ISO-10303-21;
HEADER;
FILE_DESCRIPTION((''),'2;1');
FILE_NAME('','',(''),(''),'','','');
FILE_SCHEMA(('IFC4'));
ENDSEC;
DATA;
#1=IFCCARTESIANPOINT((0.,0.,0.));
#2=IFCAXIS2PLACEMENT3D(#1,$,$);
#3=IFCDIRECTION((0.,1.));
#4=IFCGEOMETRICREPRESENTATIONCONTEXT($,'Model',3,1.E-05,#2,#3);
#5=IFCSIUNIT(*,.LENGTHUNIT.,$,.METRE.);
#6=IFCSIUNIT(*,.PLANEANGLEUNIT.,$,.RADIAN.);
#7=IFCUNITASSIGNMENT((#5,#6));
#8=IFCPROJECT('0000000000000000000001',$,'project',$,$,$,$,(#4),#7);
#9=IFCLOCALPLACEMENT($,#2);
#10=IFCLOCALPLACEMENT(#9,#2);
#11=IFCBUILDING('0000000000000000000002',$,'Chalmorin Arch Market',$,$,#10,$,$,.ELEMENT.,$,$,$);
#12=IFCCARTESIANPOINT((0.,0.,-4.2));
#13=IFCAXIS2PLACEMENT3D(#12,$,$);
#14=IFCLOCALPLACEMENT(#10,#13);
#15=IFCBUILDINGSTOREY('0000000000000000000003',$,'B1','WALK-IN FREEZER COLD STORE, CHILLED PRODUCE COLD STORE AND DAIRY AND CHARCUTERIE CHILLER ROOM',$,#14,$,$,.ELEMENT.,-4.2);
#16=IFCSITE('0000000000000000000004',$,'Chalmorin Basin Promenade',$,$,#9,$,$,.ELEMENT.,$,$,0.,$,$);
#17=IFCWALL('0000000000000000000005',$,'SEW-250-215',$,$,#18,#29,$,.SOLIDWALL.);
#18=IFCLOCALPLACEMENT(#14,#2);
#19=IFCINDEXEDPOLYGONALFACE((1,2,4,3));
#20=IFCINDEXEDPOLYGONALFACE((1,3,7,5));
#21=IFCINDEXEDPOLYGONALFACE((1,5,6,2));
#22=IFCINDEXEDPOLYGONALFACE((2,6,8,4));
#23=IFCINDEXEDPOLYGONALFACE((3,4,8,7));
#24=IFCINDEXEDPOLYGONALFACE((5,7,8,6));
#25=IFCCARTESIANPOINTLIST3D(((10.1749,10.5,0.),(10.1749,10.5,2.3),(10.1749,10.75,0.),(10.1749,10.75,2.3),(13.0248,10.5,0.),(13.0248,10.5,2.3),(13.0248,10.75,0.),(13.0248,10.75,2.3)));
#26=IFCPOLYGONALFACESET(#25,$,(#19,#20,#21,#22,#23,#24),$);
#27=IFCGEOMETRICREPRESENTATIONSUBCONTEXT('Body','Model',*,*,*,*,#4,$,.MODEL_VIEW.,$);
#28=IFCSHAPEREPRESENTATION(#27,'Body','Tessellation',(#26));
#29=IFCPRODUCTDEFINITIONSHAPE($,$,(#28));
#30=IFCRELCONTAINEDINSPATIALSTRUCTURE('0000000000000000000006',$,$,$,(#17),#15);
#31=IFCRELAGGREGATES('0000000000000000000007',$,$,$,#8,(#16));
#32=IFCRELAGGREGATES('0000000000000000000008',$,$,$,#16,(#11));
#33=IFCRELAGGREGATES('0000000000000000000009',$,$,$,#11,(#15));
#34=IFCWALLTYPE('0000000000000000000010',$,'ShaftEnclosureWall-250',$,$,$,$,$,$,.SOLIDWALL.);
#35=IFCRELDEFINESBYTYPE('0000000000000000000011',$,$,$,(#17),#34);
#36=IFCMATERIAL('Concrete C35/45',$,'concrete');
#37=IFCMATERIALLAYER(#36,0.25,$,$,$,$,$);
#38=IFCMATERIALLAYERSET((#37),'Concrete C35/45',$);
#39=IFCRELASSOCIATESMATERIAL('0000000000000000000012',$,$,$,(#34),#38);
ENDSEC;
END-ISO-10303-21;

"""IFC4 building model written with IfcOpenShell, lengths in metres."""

from ifc_helpers import new_model, si_unit, direction, frame, frame_2d, origin, place, context, subcontext, project, spatial, rectangle, extrude, material, layer, layer_set, type_object, element, save


model = new_model("IFC4")

# Units and contexts
model_context = context("Model", 3, precision=1e-05, world=origin(), true_north=direction((0.0, 1.0)))
body_context = subcontext(model_context, "Body", "Model", "MODEL_VIEW")
ifc_project = project(units=[si_unit("LENGTHUNIT", "METRE"), si_unit("PLANEANGLEUNIT", "RADIAN")], contexts=[model_context])

# Site, building, storey
site_placement = place(None, origin())
site = spatial("IfcSite", under=ifc_project, at=site_placement, Name="Chalmorin Basin Promenade", CompositionType="ELEMENT", RefElevation=0.0)
building_placement = place(site_placement, origin())
building = spatial("IfcBuilding", under=site, at=building_placement, Name="Chalmorin Arch Market", CompositionType="ELEMENT")
storey_placement = place(building_placement, frame((0.0, 0.0, -4.2)))
storey = spatial("IfcBuildingStorey", under=building, at=storey_placement, Name="B1", Description="WALK-IN FREEZER COLD STORE, CHILLED PRODUCE COLD STORE AND DAIRY AND CHARCUTERIE CHILLER ROOM", CompositionType="ELEMENT", Elevation=-4.2)

# Wall
ifc_material_1 = material(Name="Concrete C35/45", Category="concrete")
ifc_layer_1 = layer(ifc_material_1, 0.25)
ifc_layer_set_1 = layer_set([ifc_layer_1], Name="Concrete C35/45")
wall_type_1 = type_object("IfcWallType", Name="ShaftEnclosureWall-250", PredefinedType="SOLIDWALL", material=ifc_layer_set_1)
wall_1_placement = place(storey_placement, frame((10.175, 10.625, 0.0), z_axis=(0.0, 0.0, 1.0), x_axis=(1.0, 0.0, 0.0)))
element("IfcWall", 1, at=wall_1_placement, inside=storey, type_object=wall_type_1, Name="SEW-250-215", PredefinedType="SOLIDWALL", context=body_context, shape_type="SweptSolid", body=[
    extrude(rectangle(XDim=2.8499, YDim=0.25, at=frame_2d((1.4248, 0.0))), origin(), (0.0, 0.0, 1.0), 2.3),
])

save(model, "model.ifc")
